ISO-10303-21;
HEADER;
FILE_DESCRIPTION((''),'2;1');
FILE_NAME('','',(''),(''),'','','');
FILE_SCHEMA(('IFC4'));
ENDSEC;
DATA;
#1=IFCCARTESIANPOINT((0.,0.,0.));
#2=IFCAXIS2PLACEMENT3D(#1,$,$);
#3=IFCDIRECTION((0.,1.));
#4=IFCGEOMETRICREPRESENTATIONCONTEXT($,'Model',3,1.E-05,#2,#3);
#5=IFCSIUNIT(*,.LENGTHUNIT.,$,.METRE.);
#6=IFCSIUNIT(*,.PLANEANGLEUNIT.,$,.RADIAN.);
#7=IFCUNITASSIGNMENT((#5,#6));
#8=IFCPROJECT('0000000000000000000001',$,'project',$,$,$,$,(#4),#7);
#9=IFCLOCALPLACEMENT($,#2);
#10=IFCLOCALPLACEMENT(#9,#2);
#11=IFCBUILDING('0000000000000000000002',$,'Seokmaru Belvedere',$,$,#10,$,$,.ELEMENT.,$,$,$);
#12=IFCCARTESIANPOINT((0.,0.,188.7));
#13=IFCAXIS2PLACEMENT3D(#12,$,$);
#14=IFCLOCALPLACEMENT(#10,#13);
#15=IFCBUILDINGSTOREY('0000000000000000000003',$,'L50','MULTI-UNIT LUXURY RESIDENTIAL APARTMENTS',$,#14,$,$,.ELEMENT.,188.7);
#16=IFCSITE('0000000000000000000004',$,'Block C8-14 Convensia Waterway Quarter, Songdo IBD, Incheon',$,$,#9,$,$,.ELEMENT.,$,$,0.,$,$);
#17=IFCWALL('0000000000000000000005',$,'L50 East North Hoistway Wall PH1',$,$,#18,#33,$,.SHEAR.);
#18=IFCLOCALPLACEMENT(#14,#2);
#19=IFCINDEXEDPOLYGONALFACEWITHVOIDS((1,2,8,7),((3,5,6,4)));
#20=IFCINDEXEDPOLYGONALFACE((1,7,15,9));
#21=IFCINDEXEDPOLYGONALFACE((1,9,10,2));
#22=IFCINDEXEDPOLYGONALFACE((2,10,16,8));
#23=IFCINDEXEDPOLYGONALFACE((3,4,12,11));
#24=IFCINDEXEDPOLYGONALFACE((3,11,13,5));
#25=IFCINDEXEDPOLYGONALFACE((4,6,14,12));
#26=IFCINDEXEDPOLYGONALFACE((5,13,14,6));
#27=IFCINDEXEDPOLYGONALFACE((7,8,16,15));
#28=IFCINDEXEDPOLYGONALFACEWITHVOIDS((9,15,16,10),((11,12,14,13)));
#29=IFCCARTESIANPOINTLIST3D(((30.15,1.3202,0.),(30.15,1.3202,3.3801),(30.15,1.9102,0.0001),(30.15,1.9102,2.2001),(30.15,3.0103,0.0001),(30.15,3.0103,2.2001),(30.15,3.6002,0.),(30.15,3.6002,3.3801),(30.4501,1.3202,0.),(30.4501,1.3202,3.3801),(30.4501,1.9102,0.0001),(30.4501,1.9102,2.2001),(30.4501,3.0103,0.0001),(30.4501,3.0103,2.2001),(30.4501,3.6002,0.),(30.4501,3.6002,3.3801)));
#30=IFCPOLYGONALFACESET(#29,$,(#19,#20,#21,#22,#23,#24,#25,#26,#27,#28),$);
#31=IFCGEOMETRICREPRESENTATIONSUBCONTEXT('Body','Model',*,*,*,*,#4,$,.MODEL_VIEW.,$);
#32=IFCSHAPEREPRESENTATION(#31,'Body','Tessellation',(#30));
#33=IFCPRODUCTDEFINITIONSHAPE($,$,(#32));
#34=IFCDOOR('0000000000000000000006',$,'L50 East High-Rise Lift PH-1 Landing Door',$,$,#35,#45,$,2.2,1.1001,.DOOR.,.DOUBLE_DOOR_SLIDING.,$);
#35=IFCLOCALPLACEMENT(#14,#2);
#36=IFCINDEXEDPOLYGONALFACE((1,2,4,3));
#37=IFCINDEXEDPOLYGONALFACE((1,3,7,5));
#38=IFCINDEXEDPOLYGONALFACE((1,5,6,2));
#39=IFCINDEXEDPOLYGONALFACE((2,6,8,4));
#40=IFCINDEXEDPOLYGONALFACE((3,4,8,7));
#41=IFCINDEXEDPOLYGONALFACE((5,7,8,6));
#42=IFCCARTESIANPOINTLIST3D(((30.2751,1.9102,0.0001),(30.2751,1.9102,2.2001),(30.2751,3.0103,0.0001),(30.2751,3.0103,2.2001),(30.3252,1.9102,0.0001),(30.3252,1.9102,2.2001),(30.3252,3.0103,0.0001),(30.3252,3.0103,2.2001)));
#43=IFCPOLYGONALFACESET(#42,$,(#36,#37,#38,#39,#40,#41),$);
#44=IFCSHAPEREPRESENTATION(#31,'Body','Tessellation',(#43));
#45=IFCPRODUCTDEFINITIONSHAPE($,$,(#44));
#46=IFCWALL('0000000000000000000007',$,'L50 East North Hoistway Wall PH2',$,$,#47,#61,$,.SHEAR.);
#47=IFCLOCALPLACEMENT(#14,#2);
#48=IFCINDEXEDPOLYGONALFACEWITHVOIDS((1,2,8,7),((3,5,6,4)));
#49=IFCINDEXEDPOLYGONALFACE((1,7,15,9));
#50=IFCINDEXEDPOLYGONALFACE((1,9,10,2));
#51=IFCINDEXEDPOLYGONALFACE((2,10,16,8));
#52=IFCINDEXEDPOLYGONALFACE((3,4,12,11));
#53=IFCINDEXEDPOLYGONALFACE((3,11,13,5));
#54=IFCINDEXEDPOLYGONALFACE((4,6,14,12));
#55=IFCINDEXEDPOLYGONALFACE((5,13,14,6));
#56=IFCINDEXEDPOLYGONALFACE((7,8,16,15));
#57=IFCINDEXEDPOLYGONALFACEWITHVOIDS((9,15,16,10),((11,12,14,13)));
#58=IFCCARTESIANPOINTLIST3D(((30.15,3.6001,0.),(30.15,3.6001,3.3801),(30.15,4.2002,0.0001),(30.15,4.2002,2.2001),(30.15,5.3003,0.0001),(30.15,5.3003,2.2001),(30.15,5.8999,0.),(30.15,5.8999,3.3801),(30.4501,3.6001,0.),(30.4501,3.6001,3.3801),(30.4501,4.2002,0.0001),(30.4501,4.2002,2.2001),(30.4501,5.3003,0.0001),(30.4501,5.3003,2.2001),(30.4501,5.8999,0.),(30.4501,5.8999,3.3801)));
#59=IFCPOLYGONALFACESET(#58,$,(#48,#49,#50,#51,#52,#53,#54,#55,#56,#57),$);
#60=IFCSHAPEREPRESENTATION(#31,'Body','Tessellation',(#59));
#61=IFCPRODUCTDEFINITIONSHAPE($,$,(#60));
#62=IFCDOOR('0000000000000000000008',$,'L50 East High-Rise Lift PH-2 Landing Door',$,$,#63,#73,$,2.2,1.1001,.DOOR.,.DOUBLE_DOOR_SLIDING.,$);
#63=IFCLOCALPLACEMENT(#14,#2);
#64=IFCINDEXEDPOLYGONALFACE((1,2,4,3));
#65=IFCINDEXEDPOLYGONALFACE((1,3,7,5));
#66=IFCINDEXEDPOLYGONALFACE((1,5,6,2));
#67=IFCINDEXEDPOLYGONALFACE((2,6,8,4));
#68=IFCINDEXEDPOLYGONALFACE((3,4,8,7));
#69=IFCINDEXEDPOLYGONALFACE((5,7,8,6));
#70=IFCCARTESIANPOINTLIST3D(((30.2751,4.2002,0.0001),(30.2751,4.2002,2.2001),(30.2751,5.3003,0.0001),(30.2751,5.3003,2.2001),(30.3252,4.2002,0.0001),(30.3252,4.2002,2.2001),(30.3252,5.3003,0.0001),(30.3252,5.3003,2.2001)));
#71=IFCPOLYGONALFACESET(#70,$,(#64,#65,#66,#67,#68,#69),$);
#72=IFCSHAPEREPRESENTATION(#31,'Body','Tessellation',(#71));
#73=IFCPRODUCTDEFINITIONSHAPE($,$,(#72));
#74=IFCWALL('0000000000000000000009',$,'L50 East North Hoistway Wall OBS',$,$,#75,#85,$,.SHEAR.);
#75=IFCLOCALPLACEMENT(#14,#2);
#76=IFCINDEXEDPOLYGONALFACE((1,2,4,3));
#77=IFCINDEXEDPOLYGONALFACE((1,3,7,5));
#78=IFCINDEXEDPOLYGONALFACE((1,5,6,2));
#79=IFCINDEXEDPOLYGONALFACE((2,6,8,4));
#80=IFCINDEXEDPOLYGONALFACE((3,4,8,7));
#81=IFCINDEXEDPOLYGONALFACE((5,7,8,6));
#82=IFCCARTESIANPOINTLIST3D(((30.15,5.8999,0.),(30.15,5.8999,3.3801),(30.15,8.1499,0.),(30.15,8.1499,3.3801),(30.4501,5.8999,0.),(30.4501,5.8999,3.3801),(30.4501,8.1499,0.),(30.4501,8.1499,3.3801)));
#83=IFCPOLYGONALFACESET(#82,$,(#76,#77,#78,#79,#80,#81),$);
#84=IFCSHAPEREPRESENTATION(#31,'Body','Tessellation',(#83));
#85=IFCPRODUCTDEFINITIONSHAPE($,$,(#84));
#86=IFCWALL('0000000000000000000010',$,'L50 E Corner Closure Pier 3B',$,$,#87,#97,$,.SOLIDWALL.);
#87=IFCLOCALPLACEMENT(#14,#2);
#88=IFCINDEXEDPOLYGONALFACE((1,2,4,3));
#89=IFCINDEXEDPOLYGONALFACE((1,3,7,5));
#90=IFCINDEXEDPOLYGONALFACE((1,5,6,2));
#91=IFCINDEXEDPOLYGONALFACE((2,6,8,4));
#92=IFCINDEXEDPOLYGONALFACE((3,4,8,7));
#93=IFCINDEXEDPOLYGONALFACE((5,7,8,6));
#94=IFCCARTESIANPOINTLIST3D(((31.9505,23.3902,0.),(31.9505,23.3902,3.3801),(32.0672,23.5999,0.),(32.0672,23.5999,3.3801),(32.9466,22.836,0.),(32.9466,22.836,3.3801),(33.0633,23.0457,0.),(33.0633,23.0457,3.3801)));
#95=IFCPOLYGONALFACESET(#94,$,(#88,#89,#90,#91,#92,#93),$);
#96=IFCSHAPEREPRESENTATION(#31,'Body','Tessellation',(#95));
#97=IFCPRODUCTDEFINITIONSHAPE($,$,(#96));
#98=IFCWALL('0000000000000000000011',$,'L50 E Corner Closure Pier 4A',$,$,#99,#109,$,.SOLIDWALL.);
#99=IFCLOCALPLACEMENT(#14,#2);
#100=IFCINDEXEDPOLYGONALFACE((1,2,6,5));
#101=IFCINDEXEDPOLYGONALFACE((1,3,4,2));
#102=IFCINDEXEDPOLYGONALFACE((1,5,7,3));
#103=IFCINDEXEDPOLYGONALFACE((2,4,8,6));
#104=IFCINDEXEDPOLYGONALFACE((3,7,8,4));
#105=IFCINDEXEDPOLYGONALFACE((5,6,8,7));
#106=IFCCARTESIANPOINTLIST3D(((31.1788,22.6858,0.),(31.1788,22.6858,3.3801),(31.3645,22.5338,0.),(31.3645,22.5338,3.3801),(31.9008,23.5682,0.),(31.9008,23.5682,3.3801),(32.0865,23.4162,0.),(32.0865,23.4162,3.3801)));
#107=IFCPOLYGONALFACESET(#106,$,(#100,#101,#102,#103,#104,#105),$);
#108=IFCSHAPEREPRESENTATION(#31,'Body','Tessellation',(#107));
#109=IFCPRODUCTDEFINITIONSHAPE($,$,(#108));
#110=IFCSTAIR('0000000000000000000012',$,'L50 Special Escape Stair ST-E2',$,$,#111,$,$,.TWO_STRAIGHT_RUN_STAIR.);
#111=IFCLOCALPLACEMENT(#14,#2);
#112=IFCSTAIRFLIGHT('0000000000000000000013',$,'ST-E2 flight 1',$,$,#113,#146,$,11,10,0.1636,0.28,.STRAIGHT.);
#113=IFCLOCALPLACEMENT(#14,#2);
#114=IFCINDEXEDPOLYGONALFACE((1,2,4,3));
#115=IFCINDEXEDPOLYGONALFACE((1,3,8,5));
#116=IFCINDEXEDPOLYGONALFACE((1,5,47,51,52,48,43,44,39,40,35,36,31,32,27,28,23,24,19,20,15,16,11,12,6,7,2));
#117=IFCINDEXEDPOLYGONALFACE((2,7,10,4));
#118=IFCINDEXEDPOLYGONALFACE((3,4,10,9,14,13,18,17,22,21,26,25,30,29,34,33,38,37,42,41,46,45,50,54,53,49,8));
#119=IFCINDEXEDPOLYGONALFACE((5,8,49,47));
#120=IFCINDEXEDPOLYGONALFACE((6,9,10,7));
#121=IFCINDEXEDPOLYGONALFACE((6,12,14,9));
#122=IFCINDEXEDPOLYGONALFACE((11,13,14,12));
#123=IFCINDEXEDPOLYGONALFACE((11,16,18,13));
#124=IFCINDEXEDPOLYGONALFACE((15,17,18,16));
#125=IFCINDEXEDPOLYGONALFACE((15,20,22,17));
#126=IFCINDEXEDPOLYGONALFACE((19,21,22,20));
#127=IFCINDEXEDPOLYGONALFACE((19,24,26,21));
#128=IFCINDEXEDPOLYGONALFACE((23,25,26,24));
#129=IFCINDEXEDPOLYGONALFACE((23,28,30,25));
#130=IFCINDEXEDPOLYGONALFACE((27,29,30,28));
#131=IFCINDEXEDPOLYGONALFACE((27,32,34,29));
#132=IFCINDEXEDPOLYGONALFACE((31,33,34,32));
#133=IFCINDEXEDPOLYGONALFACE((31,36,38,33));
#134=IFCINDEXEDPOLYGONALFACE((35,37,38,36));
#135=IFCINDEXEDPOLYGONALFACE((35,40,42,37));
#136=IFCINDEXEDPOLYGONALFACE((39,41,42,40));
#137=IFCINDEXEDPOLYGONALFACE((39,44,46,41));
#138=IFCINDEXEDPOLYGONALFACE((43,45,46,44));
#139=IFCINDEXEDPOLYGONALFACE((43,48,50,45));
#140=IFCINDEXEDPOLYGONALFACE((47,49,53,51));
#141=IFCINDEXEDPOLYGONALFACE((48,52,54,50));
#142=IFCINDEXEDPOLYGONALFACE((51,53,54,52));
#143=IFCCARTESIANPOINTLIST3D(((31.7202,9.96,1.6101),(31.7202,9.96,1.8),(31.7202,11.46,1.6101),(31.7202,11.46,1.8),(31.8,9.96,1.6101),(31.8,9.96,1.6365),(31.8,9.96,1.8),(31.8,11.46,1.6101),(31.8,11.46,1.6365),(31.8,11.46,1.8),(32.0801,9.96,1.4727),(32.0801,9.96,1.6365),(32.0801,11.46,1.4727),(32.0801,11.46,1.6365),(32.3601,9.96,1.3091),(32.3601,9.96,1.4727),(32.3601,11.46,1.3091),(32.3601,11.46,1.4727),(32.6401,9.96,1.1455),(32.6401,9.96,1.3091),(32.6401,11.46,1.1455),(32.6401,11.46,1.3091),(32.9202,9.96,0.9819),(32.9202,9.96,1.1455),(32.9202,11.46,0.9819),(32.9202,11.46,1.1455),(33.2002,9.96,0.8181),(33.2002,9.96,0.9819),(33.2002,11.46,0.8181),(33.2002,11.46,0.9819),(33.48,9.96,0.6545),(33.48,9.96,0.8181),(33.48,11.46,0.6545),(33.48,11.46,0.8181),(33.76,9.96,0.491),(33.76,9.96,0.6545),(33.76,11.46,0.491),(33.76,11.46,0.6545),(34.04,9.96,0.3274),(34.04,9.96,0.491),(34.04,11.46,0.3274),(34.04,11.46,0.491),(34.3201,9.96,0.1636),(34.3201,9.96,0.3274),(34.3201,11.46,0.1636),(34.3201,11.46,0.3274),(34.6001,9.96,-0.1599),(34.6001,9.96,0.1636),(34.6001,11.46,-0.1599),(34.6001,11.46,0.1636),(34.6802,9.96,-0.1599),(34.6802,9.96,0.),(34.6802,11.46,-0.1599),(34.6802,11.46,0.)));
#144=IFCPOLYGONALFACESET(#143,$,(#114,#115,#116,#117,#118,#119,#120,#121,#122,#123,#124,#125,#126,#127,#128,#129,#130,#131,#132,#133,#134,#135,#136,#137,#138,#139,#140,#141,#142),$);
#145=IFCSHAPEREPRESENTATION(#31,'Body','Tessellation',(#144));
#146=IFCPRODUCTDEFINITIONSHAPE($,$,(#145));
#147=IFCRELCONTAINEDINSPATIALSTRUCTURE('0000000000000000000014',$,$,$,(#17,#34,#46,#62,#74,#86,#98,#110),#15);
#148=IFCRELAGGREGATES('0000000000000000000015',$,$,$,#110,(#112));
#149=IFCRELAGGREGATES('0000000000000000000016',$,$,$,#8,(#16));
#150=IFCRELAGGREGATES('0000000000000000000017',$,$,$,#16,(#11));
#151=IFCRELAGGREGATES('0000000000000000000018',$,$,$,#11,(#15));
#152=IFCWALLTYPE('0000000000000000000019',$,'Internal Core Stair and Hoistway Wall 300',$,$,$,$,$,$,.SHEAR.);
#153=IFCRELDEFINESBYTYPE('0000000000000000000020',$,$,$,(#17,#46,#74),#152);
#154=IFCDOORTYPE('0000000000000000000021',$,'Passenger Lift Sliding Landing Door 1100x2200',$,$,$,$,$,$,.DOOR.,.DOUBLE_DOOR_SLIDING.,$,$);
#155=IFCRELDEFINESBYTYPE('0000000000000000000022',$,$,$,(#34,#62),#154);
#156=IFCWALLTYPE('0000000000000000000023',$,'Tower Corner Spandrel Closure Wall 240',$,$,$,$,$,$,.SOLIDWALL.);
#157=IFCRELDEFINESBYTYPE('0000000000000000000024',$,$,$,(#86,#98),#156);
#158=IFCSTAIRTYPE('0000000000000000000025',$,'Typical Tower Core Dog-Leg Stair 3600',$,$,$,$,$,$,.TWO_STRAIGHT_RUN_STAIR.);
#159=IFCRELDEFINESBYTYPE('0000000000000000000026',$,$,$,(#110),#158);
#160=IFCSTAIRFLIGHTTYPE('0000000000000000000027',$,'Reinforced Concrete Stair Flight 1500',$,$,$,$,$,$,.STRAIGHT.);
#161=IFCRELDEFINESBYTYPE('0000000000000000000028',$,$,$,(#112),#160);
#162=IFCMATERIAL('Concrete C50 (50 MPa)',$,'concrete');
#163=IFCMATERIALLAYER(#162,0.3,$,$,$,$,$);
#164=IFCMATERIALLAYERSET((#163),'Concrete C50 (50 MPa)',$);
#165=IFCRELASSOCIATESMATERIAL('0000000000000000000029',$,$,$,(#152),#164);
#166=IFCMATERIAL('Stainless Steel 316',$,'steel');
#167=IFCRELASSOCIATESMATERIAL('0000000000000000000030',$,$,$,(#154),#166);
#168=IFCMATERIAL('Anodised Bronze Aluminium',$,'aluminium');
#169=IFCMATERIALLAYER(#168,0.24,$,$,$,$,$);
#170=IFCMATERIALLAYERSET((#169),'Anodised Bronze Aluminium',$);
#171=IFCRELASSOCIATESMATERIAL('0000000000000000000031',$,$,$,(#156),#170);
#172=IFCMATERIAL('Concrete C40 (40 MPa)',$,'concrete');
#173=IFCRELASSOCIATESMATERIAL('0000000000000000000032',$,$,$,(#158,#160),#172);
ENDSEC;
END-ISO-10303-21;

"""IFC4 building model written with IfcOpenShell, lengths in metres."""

from ifc_helpers import new_model, si_unit, direction, frame, frame_2d, origin, place, context, subcontext, project, spatial, polyline, rectangle, outline, extrude, source, transform, mapped, material, layer, layer_set, type_object, type_shapes, element, fill, aggregate, save


model = new_model("IFC4")

# Units and contexts
model_context = context("Model", 3, precision=1e-05, world=origin(), true_north=direction((0.0, 1.0)))
body_context = subcontext(model_context, "Body", "Model", "MODEL_VIEW")
ifc_project = project(units=[si_unit("LENGTHUNIT", "METRE"), si_unit("PLANEANGLEUNIT", "RADIAN")], contexts=[model_context])

# Site, building, storey
site_placement = place(None, origin())
site = spatial("IfcSite", under=ifc_project, at=site_placement, Name="Block C8-14 Convensia Waterway Quarter, Songdo IBD, Incheon", CompositionType="ELEMENT", RefElevation=0.0)
building_placement = place(site_placement, origin())
building = spatial("IfcBuilding", under=site, at=building_placement, Name="Seokmaru Belvedere", CompositionType="ELEMENT")
storey_placement = place(building_placement, frame((0.0, 0.0, 188.7)))
storey = spatial("IfcBuildingStorey", under=building, at=storey_placement, Name="L50", Description="MULTI-UNIT LUXURY RESIDENTIAL APARTMENTS", CompositionType="ELEMENT", Elevation=188.7)

# Shared definitions
ifc_material_1 = material(Name="Anodised Bronze Aluminium", Category="aluminium")

# Walls, openings, doors
ifc_material_2 = material(Name="Concrete C50 (50 MPa)", Category="concrete")
ifc_layer_1 = layer(ifc_material_2, 0.3)
ifc_layer_set_1 = layer_set([ifc_layer_1], Name="Concrete C50 (50 MPa)")
wall_type_1 = type_object("IfcWallType", Name="Internal Core Stair and Hoistway Wall 300", PredefinedType="SHEAR", material=ifc_layer_set_1)
wall_1_placement = place(storey_placement, frame((30.3, 1.3201, 0.0), z_axis=(0.0, 0.0, 1.0), x_axis=(0.0, 1.0, 0.0)))
wall_1 = element("IfcWall", 1, at=wall_1_placement, inside=storey, type_object=wall_type_1, Name="L50 East North Hoistway Wall PH1", PredefinedType="SHEAR", context=body_context, shape_type="SweptSolid", body=[
    extrude(rectangle(XDim=2.28, YDim=0.3, at=frame_2d((1.1401, 0.0))), origin(), (0.0, 0.0, 1.0), 3.3801),
])
opening_1_placement = place(wall_1_placement, frame((0.5901, 0.0, 0.0)))
opening_1 = element("IfcOpeningElement", 2, at=opening_1_placement, cuts=wall_1, PredefinedType="OPENING", context=body_context, shape_type="SweptSolid", body=[
    extrude(rectangle(XDim=1.1001, YDim=2.2, at=frame_2d((0.55, 1.1001))), frame((0.0, 0.1602, 0.0), z_axis=(0.0, -1.0, 0.0), x_axis=(1.0, 0.0, 0.0)), (0.0, 0.0, 1.0), 0.3201),
])
ifc_material_3 = material(Name="Stainless Steel 316", Category="steel")
door_type_1 = type_object("IfcDoorType", Name="Passenger Lift Sliding Landing Door 1100x2200", OperationType="DOUBLE_DOOR_SLIDING", PredefinedType="DOOR", material=ifc_material_3)
shared_shape_1 = source(origin(), body_context, "Body", "SweptSolid", [
    extrude(rectangle(XDim=1.1001, YDim=2.2, at=frame_2d((0.55, 1.1001))), frame((0.0, 0.0249, 0.0), z_axis=(0.0, -1.0, 0.0), x_axis=(1.0, 0.0, 0.0)), (0.0, 0.0, 1.0), 0.05),
])
type_shapes(door_type_1, [shared_shape_1])
door_1_placement = place(opening_1_placement, origin())
door_1 = element("IfcDoor", 3, at=door_1_placement, inside=storey, type_object=door_type_1, Name="L50 East High-Rise Lift PH-1 Landing Door", OperationType="DOUBLE_DOOR_SLIDING", OverallHeight=2.2, OverallWidth=1.1001, PredefinedType="DOOR", context=body_context, shape_type="MappedRepresentation", body=[
    mapped(shared_shape_1, transform((0.0, 0.0, 0.0), scale=1.0)),
])
fill(opening_1, door_1)
wall_2_placement = place(storey_placement, frame((30.3, 3.6001, 0.0), z_axis=(0.0, 0.0, 1.0), x_axis=(0.0, 1.0, 0.0)))
wall_2 = element("IfcWall", 4, at=wall_2_placement, inside=storey, type_object=wall_type_1, Name="L50 East North Hoistway Wall PH2", PredefinedType="SHEAR", context=body_context, shape_type="SweptSolid", body=[
    extrude(rectangle(XDim=2.2998, YDim=0.3, at=frame_2d((1.1499, 0.0))), origin(), (0.0, 0.0, 1.0), 3.3801),
])
opening_2_placement = place(wall_2_placement, frame((0.6001, 0.0, 0.0)))
opening_2 = element("IfcOpeningElement", 5, at=opening_2_placement, cuts=wall_2, PredefinedType="OPENING", context=body_context, shape_type="SweptSolid", body=[
    extrude(rectangle(XDim=1.1001, YDim=2.2, at=frame_2d((0.55, 1.1001))), frame((0.0, 0.1602, 0.0), z_axis=(0.0, -1.0, 0.0), x_axis=(1.0, 0.0, 0.0)), (0.0, 0.0, 1.0), 0.3201),
])
door_2_placement = place(opening_2_placement, origin())
door_2 = element("IfcDoor", 6, at=door_2_placement, inside=storey, type_object=door_type_1, Name="L50 East High-Rise Lift PH-2 Landing Door", OperationType="DOUBLE_DOOR_SLIDING", OverallHeight=2.2, OverallWidth=1.1001, PredefinedType="DOOR", context=body_context, shape_type="MappedRepresentation", body=[
    mapped(shared_shape_1, transform((0.0, 0.0, 0.0), scale=1.0)),
])
fill(opening_2, door_2)

# Wall
wall_3_placement = place(storey_placement, frame((30.3, 5.8999, 0.0), z_axis=(0.0, 0.0, 1.0), x_axis=(0.0, 1.0, 0.0)))
element("IfcWall", 7, at=wall_3_placement, inside=storey, type_object=wall_type_1, Name="L50 East North Hoistway Wall OBS", PredefinedType="SHEAR", context=body_context, shape_type="SweptSolid", body=[
    extrude(rectangle(XDim=2.25, YDim=0.3, at=frame_2d((1.125, 0.0))), origin(), (0.0, 0.0, 1.0), 3.3801),
])

# Walls
ifc_layer_2 = layer(ifc_material_1, 0.24)
ifc_layer_set_2 = layer_set([ifc_layer_2], Name="Anodised Bronze Aluminium")
wall_type_2 = type_object("IfcWallType", Name="Tower Corner Spandrel Closure Wall 240", PredefinedType="SOLIDWALL", material=ifc_layer_set_2)
wall_4_placement = place(storey_placement, frame((33.0049, 22.9409, 0.0), z_axis=(0.0, 0.0, 1.0), x_axis=(-0.873854, 0.486188, 0.0)))
element("IfcWall", 8, at=wall_4_placement, inside=storey, type_object=wall_type_2, Name="L50 E Corner Closure Pier 3B", PredefinedType="SOLIDWALL", context=body_context, shape_type="SweptSolid", body=[
    extrude(rectangle(XDim=1.1399, YDim=0.24, at=frame_2d((0.5698, 0.0))), origin(), (0.0, 0.0, 1.0), 3.3801),
])
wall_5_placement = place(storey_placement, frame((31.9937, 23.4922, 0.0), z_axis=(0.0, 0.0, 1.0), x_axis=(-0.633249, -0.773948, 0.0)))
element("IfcWall", 9, at=wall_5_placement, inside=storey, type_object=wall_type_2, Name="L50 E Corner Closure Pier 4A", PredefinedType="SOLIDWALL", context=body_context, shape_type="SweptSolid", body=[
    extrude(rectangle(XDim=1.1401, YDim=0.24, at=frame_2d((0.5701, 0.0))), origin(), (0.0, 0.0, 1.0), 3.3801),
])

# Stair, stair flight
ifc_material_4 = material(Name="Concrete C40 (40 MPa)", Category="concrete")
stair_type = type_object("IfcStairType", Name="Typical Tower Core Dog-Leg Stair 3600", PredefinedType="TWO_STRAIGHT_RUN_STAIR", material=ifc_material_4)
stair_placement = place(storey_placement, origin())
stair = element("IfcStair", 10, at=stair_placement, inside=storey, type_object=stair_type, Name="L50 Special Escape Stair ST-E2", PredefinedType="TWO_STRAIGHT_RUN_STAIR")
stair_flight_type = type_object("IfcStairFlightType", Name="Reinforced Concrete Stair Flight 1500", PredefinedType="STRAIGHT", material=ifc_material_4)
stair_flight_1_placement = place(storey_placement, frame((34.6001, 10.71, 0.0), z_axis=(0.0, 0.0, 1.0), x_axis=(-1.0, 0.0, 0.0)))
stair_flight_1 = element("IfcStairFlight", 11, at=stair_flight_1_placement, type_object=stair_flight_type, Name="ST-E2 flight 1", NumberOfRisers=11, NumberOfTreads=10, PredefinedType="STRAIGHT", RiserHeight=0.1636, TreadLength=0.28, context=body_context, shape_type="SweptSolid", body=[
    extrude(outline(polyline([(-0.0801, 0.0), (0.0, 0.1636), (0.28, 0.1636), (0.28, 0.3274), (0.5601, 0.3274), (0.5601, 0.491), (0.8401, 0.491), (0.8401, 0.6545), (1.1201, 0.6545), (1.1201, 0.8181), (1.3999, 0.8181), (1.3999, 0.9819), (1.6799, 0.9819), (1.6799, 1.1455), (1.96, 1.1455), (1.96, 1.3091), (2.24, 1.3091), (2.24, 1.4727), (2.52, 1.4727), (2.52, 1.6365), (2.8, 1.6365), (2.8, 1.8), (2.8799, 1.8), (2.8799, 1.6101), (2.8, 1.6101), (0.0, -0.1599), (-0.0801, -0.1599), (-0.0801, 0.0)])), frame((0.0, 0.75, 0.0), z_axis=(0.0, -1.0, 0.0), x_axis=(1.0, 0.0, 0.0)), (0.0, 0.0, 1.0), 1.5),
])
aggregate(stair, [stair_flight_1])

save(model, "model.ifc")
